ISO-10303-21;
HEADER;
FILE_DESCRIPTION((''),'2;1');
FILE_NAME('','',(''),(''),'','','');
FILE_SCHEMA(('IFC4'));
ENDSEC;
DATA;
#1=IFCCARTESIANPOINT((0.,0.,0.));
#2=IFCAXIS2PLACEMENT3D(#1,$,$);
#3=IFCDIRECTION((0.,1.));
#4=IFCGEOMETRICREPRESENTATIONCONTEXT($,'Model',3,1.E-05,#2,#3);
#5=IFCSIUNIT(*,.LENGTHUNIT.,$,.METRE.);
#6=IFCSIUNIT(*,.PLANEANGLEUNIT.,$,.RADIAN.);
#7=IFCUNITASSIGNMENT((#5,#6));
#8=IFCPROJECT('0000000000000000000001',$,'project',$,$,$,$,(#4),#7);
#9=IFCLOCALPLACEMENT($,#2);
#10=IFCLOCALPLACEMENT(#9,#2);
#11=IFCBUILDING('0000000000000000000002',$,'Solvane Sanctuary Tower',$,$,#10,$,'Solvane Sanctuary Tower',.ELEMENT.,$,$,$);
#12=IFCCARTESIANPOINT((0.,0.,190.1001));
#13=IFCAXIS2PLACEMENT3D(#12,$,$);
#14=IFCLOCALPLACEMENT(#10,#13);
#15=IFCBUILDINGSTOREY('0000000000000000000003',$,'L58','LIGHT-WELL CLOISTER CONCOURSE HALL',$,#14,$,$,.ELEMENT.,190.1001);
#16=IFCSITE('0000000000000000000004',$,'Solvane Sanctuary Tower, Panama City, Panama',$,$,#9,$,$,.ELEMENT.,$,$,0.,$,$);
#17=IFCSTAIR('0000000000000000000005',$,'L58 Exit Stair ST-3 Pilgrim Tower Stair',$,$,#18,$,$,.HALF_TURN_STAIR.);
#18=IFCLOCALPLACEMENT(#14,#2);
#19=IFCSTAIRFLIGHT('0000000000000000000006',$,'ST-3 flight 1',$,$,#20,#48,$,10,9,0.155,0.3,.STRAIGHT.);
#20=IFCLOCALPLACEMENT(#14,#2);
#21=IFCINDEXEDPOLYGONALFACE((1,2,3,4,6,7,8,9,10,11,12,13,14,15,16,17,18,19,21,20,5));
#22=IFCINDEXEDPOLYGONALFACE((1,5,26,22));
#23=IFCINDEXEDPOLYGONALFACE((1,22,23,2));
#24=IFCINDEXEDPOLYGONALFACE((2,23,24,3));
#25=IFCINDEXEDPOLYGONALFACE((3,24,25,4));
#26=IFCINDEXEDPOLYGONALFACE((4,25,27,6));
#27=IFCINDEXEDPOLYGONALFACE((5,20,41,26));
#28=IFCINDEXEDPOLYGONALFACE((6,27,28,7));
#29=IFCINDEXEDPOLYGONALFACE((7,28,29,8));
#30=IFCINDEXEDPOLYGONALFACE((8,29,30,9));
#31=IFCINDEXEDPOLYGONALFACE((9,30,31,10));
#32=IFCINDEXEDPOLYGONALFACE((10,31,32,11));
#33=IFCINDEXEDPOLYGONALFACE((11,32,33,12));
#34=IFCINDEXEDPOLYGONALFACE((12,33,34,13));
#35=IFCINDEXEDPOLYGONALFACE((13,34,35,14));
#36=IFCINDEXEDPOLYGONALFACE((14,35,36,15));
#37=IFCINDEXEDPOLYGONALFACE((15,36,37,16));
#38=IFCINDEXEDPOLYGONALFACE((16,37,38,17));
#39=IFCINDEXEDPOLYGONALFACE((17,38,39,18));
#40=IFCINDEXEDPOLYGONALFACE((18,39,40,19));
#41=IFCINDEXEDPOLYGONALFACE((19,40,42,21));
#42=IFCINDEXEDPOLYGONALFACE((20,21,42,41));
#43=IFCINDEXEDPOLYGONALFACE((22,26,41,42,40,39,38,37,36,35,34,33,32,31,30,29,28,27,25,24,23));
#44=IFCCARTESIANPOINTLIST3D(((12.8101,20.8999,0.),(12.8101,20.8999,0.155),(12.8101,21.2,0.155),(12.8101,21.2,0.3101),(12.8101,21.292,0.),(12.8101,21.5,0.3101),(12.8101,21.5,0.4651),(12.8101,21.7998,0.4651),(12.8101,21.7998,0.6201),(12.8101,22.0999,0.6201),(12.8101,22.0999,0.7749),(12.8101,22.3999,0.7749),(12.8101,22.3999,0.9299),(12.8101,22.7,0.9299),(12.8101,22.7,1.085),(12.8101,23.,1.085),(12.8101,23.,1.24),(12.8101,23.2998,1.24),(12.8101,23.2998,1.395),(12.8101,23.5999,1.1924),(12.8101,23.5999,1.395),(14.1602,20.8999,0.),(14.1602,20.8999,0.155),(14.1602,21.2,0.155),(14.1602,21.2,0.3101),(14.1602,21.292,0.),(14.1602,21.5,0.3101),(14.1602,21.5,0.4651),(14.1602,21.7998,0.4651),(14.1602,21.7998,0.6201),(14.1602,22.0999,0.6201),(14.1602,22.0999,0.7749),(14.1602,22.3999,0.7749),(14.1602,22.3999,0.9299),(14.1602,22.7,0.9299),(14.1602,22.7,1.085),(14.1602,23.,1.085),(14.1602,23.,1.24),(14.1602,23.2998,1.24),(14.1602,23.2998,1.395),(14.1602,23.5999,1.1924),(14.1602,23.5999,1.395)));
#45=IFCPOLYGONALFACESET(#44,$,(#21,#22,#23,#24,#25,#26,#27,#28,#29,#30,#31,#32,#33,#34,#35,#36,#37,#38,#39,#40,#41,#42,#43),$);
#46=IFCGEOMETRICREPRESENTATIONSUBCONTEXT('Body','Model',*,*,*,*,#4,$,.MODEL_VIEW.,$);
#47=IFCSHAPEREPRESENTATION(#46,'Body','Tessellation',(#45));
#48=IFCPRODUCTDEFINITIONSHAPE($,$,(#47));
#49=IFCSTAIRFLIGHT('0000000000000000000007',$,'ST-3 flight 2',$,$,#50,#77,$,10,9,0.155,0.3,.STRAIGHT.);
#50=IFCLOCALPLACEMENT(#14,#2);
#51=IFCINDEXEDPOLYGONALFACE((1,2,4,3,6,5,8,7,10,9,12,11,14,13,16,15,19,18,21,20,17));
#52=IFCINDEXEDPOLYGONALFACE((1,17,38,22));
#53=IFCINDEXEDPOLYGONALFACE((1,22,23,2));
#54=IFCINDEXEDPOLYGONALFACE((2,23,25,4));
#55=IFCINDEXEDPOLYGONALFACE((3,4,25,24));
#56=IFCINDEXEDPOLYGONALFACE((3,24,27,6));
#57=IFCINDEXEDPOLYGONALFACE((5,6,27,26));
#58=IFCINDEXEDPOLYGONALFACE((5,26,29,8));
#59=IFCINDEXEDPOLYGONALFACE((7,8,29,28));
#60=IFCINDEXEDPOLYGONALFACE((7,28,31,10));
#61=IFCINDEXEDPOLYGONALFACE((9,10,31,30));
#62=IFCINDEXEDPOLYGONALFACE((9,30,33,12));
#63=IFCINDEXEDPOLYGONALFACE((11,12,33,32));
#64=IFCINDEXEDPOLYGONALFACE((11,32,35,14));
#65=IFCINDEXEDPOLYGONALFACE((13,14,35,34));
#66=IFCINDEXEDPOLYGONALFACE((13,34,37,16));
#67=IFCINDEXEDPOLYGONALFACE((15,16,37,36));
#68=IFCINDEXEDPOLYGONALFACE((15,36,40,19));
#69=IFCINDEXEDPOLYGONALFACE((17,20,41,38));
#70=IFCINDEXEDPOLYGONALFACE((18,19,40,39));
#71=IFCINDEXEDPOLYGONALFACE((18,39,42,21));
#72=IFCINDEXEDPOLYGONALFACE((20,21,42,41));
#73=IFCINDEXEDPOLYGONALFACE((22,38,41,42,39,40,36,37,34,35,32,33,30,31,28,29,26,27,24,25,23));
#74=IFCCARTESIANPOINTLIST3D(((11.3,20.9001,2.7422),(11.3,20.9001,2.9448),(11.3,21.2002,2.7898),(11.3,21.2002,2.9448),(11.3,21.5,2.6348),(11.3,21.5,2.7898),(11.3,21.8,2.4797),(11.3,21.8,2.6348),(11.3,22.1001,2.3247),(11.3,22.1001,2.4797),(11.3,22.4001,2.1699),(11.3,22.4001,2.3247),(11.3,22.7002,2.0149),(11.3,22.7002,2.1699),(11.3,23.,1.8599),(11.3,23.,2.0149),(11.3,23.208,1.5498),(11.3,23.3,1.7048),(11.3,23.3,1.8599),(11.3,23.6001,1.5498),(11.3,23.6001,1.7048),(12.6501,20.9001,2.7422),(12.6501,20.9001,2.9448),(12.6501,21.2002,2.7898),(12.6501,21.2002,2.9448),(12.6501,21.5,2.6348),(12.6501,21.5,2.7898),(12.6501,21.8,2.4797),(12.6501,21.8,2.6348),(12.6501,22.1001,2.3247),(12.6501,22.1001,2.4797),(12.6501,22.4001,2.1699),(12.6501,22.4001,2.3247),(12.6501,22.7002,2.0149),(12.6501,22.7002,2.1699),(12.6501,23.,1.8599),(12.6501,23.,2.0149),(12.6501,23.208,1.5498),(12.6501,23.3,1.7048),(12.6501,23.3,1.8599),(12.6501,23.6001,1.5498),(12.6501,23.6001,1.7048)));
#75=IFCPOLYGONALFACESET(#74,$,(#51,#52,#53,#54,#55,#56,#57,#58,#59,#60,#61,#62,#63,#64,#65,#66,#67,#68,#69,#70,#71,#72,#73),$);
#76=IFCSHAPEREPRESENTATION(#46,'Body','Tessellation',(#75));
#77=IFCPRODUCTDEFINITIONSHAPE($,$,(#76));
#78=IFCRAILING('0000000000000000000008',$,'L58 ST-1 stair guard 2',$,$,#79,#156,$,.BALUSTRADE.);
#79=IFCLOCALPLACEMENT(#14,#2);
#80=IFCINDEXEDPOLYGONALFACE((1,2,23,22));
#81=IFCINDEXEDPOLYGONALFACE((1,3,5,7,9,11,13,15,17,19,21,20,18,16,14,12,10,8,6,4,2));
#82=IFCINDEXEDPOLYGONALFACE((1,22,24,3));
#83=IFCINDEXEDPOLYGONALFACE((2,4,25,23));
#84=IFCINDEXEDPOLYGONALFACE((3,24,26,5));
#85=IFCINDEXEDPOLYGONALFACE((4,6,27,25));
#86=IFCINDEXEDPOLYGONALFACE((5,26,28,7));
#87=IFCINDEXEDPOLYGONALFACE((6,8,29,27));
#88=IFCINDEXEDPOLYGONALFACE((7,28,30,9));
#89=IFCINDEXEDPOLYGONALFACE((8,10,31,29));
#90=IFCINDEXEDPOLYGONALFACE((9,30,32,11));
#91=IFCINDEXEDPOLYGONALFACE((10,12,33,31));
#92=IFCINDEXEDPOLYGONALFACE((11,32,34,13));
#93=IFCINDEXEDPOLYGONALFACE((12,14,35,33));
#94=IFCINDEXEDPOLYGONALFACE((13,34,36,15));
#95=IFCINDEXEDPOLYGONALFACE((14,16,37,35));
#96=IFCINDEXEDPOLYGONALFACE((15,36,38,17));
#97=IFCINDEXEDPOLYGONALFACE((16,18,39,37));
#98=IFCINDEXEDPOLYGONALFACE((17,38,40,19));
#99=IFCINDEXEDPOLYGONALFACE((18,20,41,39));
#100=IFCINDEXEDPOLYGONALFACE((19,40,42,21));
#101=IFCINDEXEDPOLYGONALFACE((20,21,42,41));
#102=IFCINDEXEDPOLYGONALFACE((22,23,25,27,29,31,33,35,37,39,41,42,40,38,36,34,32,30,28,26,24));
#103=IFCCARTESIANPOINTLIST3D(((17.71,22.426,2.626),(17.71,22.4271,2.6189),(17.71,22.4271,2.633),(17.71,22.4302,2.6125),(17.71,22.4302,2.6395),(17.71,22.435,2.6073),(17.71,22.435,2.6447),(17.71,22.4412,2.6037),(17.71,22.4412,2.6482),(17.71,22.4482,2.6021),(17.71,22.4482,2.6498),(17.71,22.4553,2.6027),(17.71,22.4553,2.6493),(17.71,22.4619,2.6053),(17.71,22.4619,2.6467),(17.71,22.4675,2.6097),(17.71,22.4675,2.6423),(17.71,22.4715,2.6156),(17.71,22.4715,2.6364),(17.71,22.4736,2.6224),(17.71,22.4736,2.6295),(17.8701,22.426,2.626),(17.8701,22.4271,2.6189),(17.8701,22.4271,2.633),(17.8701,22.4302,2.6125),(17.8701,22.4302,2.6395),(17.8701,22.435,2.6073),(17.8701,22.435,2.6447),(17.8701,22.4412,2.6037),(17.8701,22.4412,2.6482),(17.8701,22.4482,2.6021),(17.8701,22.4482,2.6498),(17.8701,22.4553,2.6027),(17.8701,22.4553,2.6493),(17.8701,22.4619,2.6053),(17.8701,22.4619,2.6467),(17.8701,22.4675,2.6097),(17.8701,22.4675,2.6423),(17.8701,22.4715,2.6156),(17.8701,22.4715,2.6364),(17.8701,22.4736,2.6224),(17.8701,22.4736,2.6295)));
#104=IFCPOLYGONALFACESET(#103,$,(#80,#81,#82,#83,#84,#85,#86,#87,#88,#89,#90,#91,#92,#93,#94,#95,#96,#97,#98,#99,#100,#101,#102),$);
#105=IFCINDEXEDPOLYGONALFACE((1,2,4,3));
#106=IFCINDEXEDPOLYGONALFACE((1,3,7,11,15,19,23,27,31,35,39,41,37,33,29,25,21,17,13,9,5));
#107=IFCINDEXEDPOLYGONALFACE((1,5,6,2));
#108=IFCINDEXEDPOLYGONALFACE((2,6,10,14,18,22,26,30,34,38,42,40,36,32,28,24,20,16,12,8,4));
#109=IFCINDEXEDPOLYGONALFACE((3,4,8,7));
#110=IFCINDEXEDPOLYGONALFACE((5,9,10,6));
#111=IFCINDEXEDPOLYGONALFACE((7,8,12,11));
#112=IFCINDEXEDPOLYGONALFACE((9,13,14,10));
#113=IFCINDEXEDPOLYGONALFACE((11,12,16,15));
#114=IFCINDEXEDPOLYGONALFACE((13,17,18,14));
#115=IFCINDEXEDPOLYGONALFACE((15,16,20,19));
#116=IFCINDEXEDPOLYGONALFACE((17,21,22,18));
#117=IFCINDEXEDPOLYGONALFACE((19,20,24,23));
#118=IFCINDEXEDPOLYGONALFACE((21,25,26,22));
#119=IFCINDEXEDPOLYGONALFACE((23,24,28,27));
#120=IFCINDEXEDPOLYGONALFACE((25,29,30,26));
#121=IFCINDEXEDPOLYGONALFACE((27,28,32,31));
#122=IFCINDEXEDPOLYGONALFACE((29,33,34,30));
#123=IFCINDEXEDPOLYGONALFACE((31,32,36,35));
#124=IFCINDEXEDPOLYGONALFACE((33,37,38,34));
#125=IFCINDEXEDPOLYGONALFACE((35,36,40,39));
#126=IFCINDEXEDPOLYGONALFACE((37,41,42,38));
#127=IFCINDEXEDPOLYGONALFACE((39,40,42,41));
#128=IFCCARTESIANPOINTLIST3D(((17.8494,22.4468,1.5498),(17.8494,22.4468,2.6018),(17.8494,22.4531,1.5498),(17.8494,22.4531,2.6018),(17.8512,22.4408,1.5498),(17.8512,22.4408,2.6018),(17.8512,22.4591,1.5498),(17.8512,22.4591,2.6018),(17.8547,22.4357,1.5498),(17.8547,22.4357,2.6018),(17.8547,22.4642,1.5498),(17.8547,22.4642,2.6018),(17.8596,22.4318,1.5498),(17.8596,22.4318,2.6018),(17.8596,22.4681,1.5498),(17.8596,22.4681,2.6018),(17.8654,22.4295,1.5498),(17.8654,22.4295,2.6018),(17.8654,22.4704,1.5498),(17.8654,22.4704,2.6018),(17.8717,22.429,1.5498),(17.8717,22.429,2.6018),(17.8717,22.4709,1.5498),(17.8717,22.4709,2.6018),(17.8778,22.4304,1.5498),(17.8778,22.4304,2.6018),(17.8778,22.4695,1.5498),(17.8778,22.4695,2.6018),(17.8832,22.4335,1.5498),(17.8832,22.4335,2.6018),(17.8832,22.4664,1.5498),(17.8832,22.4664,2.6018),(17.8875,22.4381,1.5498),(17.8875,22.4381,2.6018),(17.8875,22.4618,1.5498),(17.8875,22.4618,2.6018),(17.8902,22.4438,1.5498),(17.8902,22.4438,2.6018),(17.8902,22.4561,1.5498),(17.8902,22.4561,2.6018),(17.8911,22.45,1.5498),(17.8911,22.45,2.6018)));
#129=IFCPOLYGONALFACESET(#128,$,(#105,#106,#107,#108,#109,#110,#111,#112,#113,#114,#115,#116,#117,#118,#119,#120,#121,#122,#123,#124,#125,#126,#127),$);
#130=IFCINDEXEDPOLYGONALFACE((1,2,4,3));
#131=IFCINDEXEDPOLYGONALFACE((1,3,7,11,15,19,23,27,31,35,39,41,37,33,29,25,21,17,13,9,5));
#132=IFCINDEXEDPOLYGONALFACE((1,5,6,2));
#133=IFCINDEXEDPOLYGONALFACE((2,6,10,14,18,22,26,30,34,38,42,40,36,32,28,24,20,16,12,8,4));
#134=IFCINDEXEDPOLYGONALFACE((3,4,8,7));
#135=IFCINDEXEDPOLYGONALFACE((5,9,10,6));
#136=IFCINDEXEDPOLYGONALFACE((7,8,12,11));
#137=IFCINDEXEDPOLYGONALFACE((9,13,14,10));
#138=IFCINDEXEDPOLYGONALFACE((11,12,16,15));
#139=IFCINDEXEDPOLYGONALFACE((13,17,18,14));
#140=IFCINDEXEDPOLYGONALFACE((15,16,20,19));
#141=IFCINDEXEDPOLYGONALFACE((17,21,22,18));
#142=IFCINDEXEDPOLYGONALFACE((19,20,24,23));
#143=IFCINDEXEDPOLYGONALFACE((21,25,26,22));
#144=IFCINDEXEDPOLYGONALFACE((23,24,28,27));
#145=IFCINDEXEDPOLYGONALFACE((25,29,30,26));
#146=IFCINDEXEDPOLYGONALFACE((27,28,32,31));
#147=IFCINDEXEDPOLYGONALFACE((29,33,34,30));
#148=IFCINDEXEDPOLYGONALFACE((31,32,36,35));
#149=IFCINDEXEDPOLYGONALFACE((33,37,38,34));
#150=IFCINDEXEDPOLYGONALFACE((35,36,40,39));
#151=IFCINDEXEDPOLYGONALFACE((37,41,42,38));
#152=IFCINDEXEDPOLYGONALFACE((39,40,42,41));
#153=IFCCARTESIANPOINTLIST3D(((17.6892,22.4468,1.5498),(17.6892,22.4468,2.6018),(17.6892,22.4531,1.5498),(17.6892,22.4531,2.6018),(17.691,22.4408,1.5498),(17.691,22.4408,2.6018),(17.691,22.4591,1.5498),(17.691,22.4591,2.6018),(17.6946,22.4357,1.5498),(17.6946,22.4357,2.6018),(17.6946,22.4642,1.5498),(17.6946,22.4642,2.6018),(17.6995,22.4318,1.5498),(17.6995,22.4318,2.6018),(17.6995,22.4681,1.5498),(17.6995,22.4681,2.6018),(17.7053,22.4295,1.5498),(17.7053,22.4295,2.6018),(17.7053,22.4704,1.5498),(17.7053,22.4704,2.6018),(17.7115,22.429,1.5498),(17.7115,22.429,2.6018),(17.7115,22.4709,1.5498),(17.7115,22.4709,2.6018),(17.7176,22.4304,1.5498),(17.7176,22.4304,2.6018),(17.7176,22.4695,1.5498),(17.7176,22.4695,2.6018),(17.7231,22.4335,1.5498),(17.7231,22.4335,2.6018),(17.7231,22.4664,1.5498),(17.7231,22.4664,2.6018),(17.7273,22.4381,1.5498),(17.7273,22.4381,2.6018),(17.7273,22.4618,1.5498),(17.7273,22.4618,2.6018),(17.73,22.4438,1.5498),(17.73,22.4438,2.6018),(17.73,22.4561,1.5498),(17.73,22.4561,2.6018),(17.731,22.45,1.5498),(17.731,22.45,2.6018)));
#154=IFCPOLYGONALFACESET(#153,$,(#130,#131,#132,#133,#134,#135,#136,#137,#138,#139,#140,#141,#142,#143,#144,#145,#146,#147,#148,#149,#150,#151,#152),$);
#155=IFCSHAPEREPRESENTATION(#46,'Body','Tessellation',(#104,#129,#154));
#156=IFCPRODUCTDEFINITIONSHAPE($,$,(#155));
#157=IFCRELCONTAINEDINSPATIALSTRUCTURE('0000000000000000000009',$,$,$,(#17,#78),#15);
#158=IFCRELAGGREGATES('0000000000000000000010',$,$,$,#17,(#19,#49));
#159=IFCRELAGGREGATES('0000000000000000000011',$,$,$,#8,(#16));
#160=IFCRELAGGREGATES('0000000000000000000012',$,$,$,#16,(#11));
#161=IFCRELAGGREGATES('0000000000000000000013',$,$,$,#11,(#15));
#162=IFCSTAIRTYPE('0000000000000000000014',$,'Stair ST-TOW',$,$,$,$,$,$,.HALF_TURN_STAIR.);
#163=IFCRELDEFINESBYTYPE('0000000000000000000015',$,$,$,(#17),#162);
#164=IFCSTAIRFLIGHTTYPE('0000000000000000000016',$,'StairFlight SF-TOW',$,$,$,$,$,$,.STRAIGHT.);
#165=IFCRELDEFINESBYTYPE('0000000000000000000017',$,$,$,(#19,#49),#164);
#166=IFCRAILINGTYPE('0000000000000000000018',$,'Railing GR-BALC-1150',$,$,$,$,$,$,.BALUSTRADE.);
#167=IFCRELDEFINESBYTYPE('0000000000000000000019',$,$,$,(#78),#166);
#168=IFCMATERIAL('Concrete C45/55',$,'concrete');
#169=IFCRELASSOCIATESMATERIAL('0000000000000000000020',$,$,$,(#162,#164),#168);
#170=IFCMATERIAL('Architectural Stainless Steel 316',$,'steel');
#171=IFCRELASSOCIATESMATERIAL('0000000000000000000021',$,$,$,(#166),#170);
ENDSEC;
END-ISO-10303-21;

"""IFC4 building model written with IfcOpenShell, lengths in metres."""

from ifc_helpers import new_model, si_unit, direction, frame, origin, origin_2d, place, context, subcontext, project, spatial, polyline, circle, outline, extrude, material, type_object, element, aggregate, save


model = new_model("IFC4")

# Units and contexts
model_context = context("Model", 3, precision=1e-05, world=origin(), true_north=direction((0.0, 1.0)))
body_context = subcontext(model_context, "Body", "Model", "MODEL_VIEW")
ifc_project = project(units=[si_unit("LENGTHUNIT", "METRE"), si_unit("PLANEANGLEUNIT", "RADIAN")], contexts=[model_context])

# Site, building, storey
site_placement = place(None, origin())
site = spatial("IfcSite", under=ifc_project, at=site_placement, Name="Solvane Sanctuary Tower, Panama City, Panama", CompositionType="ELEMENT", RefElevation=0.0)
building_placement = place(site_placement, origin())
building = spatial("IfcBuilding", under=site, at=building_placement, Name="Solvane Sanctuary Tower", LongName="Solvane Sanctuary Tower", CompositionType="ELEMENT")
storey_placement = place(building_placement, frame((0.0, 0.0, 190.1001)))
storey = spatial("IfcBuildingStorey", under=building, at=storey_placement, Name="L58", Description="LIGHT-WELL CLOISTER CONCOURSE HALL", CompositionType="ELEMENT", Elevation=190.1001)

# Shared definitions
ifc_material_1 = material(Name="Concrete C45/55", Category="concrete")
stair_type = type_object("IfcStairType", Name="Stair ST-TOW", PredefinedType="HALF_TURN_STAIR", material=ifc_material_1)
stair_flight_type = type_object("IfcStairFlightType", Name="StairFlight SF-TOW", PredefinedType="STRAIGHT", material=ifc_material_1)

# Stair, stair flights
stair_1_placement = place(storey_placement, origin())
stair_1 = element("IfcStair", 1, at=stair_1_placement, inside=storey, type_object=stair_type, Name="L58 Exit Stair ST-3 Pilgrim Tower Stair", PredefinedType="HALF_TURN_STAIR")
stair_flight_1_placement = place(storey_placement, frame((13.4851, 20.8999, 0.0), z_axis=(0.0, 0.0, 1.0), x_axis=(0.0, 1.0, 0.0)))
stair_flight_1 = element("IfcStairFlight", 2, at=stair_flight_1_placement, type_object=stair_flight_type, Name="ST-3 flight 1", NumberOfRisers=10, NumberOfTreads=9, PredefinedType="STRAIGHT", RiserHeight=0.155, TreadLength=0.3, context=body_context, shape_type="SweptSolid", body=[
    extrude(outline(polyline([(0.0, 0.0), (0.0, 0.155), (0.3, 0.155), (0.3, 0.3101), (0.6001, 0.3101), (0.6001, 0.4651), (0.8999, 0.4651), (0.8999, 0.6201), (1.2, 0.6201), (1.2, 0.7749), (1.5, 0.7749), (1.5, 0.9299), (1.8, 0.9299), (1.8, 1.085), (2.1001, 1.085), (2.1001, 1.24), (2.3999, 1.24), (2.3999, 1.395), (2.7, 1.395), (2.7, 1.55), (2.7, 1.1924), (0.3921, 0.0), (0.0, 0.0)])), frame((0.0, 0.675, 0.0), z_axis=(0.0, -1.0, 0.0), x_axis=(1.0, 0.0, 0.0)), (0.0, 0.0, 1.0), 1.3501),
])
stair_flight_2_placement = place(storey_placement, frame((11.9751, 23.6001, 1.5498), z_axis=(0.0, 0.0, 1.0), x_axis=(0.0, -1.0, 0.0)))
stair_flight_2 = element("IfcStairFlight", 3, at=stair_flight_2_placement, type_object=stair_flight_type, Name="ST-3 flight 2", NumberOfRisers=10, NumberOfTreads=9, PredefinedType="STRAIGHT", RiserHeight=0.155, TreadLength=0.3, context=body_context, shape_type="SweptSolid", body=[
    extrude(outline(polyline([(0.0, 0.0), (0.0, 0.155), (0.3, 0.155), (0.3, 0.3101), (0.6001, 0.3101), (0.6001, 0.4651), (0.8999, 0.4651), (0.8999, 0.6201), (1.2, 0.6201), (1.2, 0.7749), (1.5, 0.7749), (1.5, 0.9299), (1.8, 0.9299), (1.8, 1.085), (2.1001, 1.085), (2.1001, 1.24), (2.3999, 1.24), (2.3999, 1.395), (2.7, 1.395), (2.7, 1.55), (2.7, 1.1924), (0.3921, 0.0), (0.0, 0.0)])), frame((0.0, 0.675, 0.0), z_axis=(0.0, -1.0, 0.0), x_axis=(1.0, 0.0, 0.0)), (0.0, 0.0, 1.0), 1.3501),
])
aggregate(stair_1, [stair_flight_1, stair_flight_2])

# Railing
ifc_material_2 = material(Name="Architectural Stainless Steel 316", Category="steel")
railing_type_1 = type_object("IfcRailingType", Name="Railing GR-BALC-1150", PredefinedType="BALUSTRADE", material=ifc_material_2)
railing_1_placement = place(storey_placement, frame((17.8701, 22.45, 1.5498)))
element("IfcRailing", 4, at=railing_1_placement, inside=storey, type_object=railing_type_1, Name="L58 ST-1 stair guard 2", PredefinedType="BALUSTRADE", context=body_context, shape_type="SweptSolid", body=[
    extrude(circle(Radius=0.0239, at=origin_2d()), frame((0.0, 0.0, 1.0762), z_axis=(-1.0, 0.0, 0.0), x_axis=(0.0, -1.0, 0.0)), (0.0, 0.0, 1.0), 0.1602),
    extrude(circle(Radius=0.021, at=origin_2d()), origin(), (0.0, 0.0, 1.0), 1.052),
    extrude(circle(Radius=0.021, at=origin_2d()), frame((-0.1602, 0.0, 0.0)), (0.0, 0.0, 1.0), 1.052),
])

save(model, "model.ifc")
